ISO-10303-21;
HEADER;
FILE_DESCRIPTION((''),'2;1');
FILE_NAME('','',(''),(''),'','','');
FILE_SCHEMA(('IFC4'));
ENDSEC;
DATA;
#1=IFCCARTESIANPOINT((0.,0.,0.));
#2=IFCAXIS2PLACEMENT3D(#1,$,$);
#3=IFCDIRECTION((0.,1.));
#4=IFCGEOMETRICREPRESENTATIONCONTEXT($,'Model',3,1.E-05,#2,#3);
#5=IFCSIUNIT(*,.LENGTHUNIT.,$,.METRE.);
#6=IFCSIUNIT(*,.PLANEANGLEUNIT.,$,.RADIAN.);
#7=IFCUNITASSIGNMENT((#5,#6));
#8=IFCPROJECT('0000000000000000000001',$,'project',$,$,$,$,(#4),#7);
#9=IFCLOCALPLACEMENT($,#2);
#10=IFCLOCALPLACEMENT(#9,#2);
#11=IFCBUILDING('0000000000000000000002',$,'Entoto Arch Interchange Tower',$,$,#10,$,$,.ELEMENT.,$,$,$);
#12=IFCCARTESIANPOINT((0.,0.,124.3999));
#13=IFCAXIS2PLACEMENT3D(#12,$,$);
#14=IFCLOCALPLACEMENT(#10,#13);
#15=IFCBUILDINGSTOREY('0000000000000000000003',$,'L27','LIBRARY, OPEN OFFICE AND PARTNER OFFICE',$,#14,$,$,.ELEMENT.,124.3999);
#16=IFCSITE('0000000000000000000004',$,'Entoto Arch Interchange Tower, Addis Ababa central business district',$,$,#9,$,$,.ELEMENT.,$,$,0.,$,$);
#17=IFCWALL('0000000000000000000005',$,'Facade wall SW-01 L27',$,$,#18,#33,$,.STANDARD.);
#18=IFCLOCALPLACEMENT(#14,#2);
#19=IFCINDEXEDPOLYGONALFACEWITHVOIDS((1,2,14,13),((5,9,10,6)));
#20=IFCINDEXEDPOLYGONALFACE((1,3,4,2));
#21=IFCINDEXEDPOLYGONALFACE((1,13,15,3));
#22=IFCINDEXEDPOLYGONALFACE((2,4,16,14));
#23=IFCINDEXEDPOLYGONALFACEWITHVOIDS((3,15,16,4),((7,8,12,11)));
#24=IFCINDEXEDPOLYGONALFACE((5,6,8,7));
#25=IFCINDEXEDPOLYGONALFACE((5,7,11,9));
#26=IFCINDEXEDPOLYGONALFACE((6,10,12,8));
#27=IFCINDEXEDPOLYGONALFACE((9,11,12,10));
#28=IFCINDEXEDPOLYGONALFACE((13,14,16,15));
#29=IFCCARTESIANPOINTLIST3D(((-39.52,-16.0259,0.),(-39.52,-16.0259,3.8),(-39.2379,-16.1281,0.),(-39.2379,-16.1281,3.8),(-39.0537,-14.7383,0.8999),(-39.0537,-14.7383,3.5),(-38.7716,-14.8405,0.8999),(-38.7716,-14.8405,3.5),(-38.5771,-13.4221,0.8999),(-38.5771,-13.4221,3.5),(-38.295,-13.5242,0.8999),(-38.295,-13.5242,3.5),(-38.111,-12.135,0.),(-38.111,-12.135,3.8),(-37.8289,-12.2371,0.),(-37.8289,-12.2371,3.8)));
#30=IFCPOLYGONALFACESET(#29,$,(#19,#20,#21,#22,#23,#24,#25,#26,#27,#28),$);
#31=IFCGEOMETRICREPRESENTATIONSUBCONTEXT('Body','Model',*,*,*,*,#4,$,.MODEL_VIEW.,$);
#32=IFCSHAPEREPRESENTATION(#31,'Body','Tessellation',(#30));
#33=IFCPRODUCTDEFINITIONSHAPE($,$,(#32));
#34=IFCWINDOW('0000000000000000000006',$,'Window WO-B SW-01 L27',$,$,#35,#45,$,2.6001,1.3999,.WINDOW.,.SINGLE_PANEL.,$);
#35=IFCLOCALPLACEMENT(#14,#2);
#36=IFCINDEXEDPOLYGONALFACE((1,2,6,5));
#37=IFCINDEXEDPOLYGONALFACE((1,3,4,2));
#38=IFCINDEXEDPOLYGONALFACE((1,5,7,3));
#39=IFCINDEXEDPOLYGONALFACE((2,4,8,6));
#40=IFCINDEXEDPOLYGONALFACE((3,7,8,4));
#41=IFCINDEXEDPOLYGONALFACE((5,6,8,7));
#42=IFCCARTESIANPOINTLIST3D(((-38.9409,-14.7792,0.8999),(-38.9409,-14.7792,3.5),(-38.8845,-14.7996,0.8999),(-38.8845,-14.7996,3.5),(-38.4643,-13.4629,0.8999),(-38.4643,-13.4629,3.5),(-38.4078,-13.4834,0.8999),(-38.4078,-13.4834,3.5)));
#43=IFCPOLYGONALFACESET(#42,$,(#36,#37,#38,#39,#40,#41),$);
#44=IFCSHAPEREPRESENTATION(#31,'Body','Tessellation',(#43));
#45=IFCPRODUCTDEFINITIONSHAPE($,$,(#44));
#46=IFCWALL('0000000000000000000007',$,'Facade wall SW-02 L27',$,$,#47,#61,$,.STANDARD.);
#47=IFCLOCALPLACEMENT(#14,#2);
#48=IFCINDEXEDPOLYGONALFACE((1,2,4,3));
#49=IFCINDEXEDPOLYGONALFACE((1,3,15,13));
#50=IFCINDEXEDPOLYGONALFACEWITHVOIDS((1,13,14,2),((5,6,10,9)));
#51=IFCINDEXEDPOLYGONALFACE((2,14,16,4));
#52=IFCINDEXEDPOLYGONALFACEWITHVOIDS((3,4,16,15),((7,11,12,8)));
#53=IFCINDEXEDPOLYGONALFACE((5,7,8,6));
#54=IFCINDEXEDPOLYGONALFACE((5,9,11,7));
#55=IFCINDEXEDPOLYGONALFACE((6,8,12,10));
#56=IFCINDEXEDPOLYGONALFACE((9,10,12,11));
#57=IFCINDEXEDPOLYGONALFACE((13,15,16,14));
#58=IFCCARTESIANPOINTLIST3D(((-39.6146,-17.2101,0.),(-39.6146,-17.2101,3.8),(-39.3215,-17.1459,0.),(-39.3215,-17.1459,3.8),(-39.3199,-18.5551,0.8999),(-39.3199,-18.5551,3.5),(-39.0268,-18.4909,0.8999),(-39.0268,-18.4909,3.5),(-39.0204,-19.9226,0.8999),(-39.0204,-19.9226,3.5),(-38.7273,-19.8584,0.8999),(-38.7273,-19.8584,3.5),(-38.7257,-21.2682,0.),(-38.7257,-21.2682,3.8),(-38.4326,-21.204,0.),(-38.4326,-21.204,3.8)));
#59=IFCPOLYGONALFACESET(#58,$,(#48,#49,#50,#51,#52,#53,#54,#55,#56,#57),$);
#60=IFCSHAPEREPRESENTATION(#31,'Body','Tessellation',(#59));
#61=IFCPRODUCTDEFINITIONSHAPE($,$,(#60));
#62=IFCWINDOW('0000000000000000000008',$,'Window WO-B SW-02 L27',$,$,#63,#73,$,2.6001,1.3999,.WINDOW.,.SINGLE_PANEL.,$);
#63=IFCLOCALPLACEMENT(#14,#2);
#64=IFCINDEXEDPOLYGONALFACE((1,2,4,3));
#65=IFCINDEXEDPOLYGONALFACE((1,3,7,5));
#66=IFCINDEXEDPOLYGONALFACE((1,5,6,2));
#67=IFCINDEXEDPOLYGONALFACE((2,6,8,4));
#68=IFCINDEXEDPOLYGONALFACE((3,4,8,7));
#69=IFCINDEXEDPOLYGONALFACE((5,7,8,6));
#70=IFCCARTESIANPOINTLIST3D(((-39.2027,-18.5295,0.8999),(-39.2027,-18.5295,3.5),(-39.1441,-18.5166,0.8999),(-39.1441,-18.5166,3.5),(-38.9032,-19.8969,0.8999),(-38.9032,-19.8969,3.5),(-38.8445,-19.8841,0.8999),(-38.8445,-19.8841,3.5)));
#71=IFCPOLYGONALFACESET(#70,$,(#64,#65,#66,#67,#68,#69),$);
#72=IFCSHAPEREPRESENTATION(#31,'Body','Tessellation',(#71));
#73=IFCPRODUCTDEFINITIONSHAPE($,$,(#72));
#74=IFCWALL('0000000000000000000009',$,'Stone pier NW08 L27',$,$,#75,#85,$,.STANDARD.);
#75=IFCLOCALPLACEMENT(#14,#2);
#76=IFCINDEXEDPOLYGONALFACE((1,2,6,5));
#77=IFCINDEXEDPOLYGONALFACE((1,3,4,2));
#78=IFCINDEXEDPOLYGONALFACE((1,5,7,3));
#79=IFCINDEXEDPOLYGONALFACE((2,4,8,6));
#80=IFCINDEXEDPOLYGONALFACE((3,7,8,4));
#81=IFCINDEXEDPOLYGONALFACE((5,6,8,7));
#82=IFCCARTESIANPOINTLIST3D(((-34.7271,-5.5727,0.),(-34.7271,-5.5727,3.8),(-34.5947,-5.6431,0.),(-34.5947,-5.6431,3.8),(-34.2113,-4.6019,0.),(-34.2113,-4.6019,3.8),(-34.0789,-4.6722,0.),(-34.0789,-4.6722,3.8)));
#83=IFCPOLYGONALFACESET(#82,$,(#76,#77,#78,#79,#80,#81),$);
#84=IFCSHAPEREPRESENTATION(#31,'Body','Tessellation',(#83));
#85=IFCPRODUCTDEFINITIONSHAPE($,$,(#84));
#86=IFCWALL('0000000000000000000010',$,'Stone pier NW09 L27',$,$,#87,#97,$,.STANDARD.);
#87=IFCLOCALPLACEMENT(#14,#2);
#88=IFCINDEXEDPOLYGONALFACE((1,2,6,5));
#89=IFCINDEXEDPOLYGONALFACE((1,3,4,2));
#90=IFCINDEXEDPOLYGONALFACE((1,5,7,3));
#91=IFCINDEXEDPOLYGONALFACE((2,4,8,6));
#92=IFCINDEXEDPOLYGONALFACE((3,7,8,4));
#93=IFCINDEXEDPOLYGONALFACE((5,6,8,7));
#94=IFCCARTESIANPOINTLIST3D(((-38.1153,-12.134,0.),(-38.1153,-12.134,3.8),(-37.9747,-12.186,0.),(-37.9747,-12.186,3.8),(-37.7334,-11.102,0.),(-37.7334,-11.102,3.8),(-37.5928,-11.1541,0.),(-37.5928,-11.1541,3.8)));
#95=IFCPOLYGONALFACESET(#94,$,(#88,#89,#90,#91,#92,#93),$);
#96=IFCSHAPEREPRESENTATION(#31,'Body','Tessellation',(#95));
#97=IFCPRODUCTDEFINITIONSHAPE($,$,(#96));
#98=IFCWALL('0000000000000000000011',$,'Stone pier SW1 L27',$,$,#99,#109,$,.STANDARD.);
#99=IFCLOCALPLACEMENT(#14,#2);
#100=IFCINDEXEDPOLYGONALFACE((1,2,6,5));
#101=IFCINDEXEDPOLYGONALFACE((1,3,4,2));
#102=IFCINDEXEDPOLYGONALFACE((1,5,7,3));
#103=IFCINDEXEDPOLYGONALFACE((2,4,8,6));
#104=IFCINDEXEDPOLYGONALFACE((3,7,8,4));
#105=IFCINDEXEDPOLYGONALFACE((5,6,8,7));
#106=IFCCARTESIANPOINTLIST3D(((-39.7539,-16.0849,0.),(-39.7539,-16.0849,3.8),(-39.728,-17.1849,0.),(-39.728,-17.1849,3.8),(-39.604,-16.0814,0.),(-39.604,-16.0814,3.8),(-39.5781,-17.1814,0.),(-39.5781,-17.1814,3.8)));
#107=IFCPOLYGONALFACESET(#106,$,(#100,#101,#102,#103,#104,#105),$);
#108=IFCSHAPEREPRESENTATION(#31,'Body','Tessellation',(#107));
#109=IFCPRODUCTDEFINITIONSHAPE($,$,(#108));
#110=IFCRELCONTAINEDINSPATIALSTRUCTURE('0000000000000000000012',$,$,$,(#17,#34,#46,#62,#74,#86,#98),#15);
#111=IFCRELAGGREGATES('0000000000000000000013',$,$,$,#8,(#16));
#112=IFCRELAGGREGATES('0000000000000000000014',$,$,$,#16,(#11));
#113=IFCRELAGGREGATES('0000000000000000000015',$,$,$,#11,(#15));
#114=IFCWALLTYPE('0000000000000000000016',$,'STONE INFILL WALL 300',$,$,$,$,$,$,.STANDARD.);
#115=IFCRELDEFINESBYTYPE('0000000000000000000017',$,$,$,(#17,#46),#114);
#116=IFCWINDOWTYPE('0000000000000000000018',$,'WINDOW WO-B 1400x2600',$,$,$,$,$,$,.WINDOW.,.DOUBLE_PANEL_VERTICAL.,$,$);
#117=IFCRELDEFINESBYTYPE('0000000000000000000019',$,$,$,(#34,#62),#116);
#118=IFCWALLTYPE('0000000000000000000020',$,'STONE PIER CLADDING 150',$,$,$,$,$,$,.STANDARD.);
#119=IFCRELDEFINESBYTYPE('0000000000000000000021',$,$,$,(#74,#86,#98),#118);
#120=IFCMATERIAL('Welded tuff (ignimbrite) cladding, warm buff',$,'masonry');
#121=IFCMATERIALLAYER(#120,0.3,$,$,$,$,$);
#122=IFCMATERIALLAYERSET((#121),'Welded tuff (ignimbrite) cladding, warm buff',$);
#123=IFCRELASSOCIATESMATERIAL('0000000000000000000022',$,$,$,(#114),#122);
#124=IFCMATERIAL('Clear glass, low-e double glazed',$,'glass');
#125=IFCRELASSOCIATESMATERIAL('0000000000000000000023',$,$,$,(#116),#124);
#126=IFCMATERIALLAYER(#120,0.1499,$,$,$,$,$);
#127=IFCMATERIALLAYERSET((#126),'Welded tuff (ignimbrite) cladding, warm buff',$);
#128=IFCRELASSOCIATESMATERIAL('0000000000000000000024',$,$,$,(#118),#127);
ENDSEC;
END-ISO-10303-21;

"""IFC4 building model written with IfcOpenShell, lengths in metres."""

from ifc_helpers import new_model, si_unit, direction, frame, frame_2d, origin, place, context, subcontext, project, spatial, rectangle, extrude, material, layer, layer_set, type_object, element, fill, save


model = new_model("IFC4")

# Units and contexts
model_context = context("Model", 3, precision=1e-05, world=origin(), true_north=direction((0.0, 1.0)))
body_context = subcontext(model_context, "Body", "Model", "MODEL_VIEW")
ifc_project = project(units=[si_unit("LENGTHUNIT", "METRE"), si_unit("PLANEANGLEUNIT", "RADIAN")], contexts=[model_context])

# Site, building, storey
site_placement = place(None, origin())
site = spatial("IfcSite", under=ifc_project, at=site_placement, Name="Entoto Arch Interchange Tower, Addis Ababa central business district", CompositionType="ELEMENT", RefElevation=0.0)
building_placement = place(site_placement, origin())
building = spatial("IfcBuilding", under=site, at=building_placement, Name="Entoto Arch Interchange Tower", CompositionType="ELEMENT")
storey_placement = place(building_placement, frame((0.0, 0.0, 124.3999)))
storey = spatial("IfcBuildingStorey", under=building, at=storey_placement, Name="L27", Description="LIBRARY, OPEN OFFICE AND PARTNER OFFICE", CompositionType="ELEMENT", Elevation=124.3999)

# Shared definitions
ifc_material_1 = material(Name="Welded tuff (ignimbrite) cladding, warm buff", Category="masonry")
ifc_layer_1 = layer(ifc_material_1, 0.3)
ifc_layer_set_1 = layer_set([ifc_layer_1], Name="Welded tuff (ignimbrite) cladding, warm buff")
wall_type_1 = type_object("IfcWallType", Name="STONE INFILL WALL 300", PredefinedType="STANDARD", material=ifc_layer_set_1)
ifc_material_2 = material(Name="Clear glass, low-e double glazed", Category="glass")

# Walls, openings, windows
wall_1_placement = place(storey_placement, frame((-37.97, -12.186, 0.0), z_axis=(0.0, 0.0, 1.0), x_axis=(-0.340478, -0.940252, 0.0)))
wall_1 = element("IfcWall", 1, at=wall_1_placement, inside=storey, type_object=wall_type_1, Name="Facade wall SW-01 L27", PredefinedType="STANDARD", context=body_context, shape_type="SweptSolid", body=[
    extrude(rectangle(XDim=4.1382, YDim=0.3, at=frame_2d((2.0691, 0.0))), origin(), (0.0, 0.0, 1.0), 3.8),
])
opening_1_placement = place(wall_1_placement, frame((1.3689, 0.0, 0.8999)))
opening_1 = element("IfcOpeningElement", 2, at=opening_1_placement, cuts=wall_1, PredefinedType="OPENING", context=body_context, shape_type="SweptSolid", body=[
    extrude(rectangle(XDim=1.3999, YDim=2.6001, at=frame_2d((0.7, 1.3))), frame((0.0, 0.1602, 0.0), z_axis=(0.0, -1.0, 0.0), x_axis=(1.0, 0.0, 0.0)), (0.0, 0.0, 1.0), 0.3201),
])
window_type_1 = type_object("IfcWindowType", Name="WINDOW WO-B 1400x2600", PartitioningType="DOUBLE_PANEL_VERTICAL", PredefinedType="WINDOW", material=ifc_material_2)
window_1_placement = place(opening_1_placement, origin())
window_1 = element("IfcWindow", 3, at=window_1_placement, inside=storey, type_object=window_type_1, Name="Window WO-B SW-01 L27", OverallHeight=2.6001, OverallWidth=1.3999, PartitioningType="SINGLE_PANEL", PredefinedType="WINDOW", context=body_context, shape_type="SweptSolid", body=[
    extrude(rectangle(XDim=1.3999, YDim=2.6001, at=frame_2d((0.7, 1.3))), frame((0.0, 0.03, 0.0), z_axis=(0.0, -1.0, 0.0), x_axis=(1.0, 0.0, 0.0)), (0.0, 0.0, 1.0), 0.0601),
])
fill(opening_1, window_1)
wall_2_placement = place(storey_placement, frame((-39.468, -17.178, 0.0), z_axis=(0.0, 0.0, 1.0), x_axis=(0.213974, -0.976839, 0.0)))
wall_2 = element("IfcWall", 4, at=wall_2_placement, inside=storey, type_object=wall_type_1, Name="Facade wall SW-02 L27", PredefinedType="STANDARD", context=body_context, shape_type="SweptSolid", body=[
    extrude(rectangle(XDim=4.1543, YDim=0.3, at=frame_2d((2.0771, 0.0))), origin(), (0.0, 0.0, 1.0), 3.8),
])
opening_2_placement = place(wall_2_placement, frame((1.377, 0.0, 0.8999)))
opening_2 = element("IfcOpeningElement", 5, at=opening_2_placement, cuts=wall_2, PredefinedType="OPENING", context=body_context, shape_type="SweptSolid", body=[
    extrude(rectangle(XDim=1.3999, YDim=2.6001, at=frame_2d((0.7, 1.3))), frame((0.0, 0.1602, 0.0), z_axis=(0.0, -1.0, 0.0), x_axis=(1.0, 0.0, 0.0)), (0.0, 0.0, 1.0), 0.3201),
])
window_2_placement = place(opening_2_placement, origin())
window_2 = element("IfcWindow", 6, at=window_2_placement, inside=storey, type_object=window_type_1, Name="Window WO-B SW-02 L27", OverallHeight=2.6001, OverallWidth=1.3999, PartitioningType="SINGLE_PANEL", PredefinedType="WINDOW", context=body_context, shape_type="SweptSolid", body=[
    extrude(rectangle(XDim=1.3999, YDim=2.6001, at=frame_2d((0.7, 1.3))), frame((0.0, 0.03, 0.0), z_axis=(0.0, -1.0, 0.0), x_axis=(1.0, 0.0, 0.0)), (0.0, 0.0, 1.0), 0.0601),
])
fill(opening_2, window_2)

# Walls
ifc_layer_2 = layer(ifc_material_1, 0.1499)
ifc_layer_set_2 = layer_set([ifc_layer_2], Name="Welded tuff (ignimbrite) cladding, warm buff")
wall_type_2 = type_object("IfcWallType", Name="STONE PIER CLADDING 150", PredefinedType="STANDARD", material=ifc_layer_set_2)
wall_3_placement = place(storey_placement, frame((-34.145, -4.637, 0.0), z_axis=(0.0, 0.0, 1.0), x_axis=(-0.469193, -0.883096, 0.0)))
element("IfcWall", 7, at=wall_3_placement, inside=storey, type_object=wall_type_2, Name="Stone pier NW08 L27", PredefinedType="STANDARD", context=body_context, shape_type="SweptSolid", body=[
    extrude(rectangle(XDim=1.0994, YDim=0.1499, at=frame_2d((0.5498, 0.0))), origin(), (0.0, 0.0, 1.0), 3.8),
])
for number, where, z_axis, x_axis, name in (
    (8, (-37.6631, -11.1279, 0.0), (0.0, 0.0, 1.0), (-0.347011, -0.937861, 0.0), "Stone pier NW09 L27"),
    (9, (-39.679, -16.083, 0.0), (0.0, 0.0, 1.0), (0.023518, -0.999723, 0.0), "Stone pier SW1 L27"),
):
    element("IfcWall", number, at=place(storey_placement, frame(where, z_axis=z_axis, x_axis=x_axis)), inside=storey, type_object=wall_type_2, Name=name, PredefinedType="STANDARD", context=body_context, shape_type="SweptSolid", body=[
        extrude(rectangle(XDim=1.1003, YDim=0.1499, at=frame_2d((0.5503, 0.0))), origin(), (0.0, 0.0, 1.0), 3.8),
    ])

save(model, "model.ifc")
